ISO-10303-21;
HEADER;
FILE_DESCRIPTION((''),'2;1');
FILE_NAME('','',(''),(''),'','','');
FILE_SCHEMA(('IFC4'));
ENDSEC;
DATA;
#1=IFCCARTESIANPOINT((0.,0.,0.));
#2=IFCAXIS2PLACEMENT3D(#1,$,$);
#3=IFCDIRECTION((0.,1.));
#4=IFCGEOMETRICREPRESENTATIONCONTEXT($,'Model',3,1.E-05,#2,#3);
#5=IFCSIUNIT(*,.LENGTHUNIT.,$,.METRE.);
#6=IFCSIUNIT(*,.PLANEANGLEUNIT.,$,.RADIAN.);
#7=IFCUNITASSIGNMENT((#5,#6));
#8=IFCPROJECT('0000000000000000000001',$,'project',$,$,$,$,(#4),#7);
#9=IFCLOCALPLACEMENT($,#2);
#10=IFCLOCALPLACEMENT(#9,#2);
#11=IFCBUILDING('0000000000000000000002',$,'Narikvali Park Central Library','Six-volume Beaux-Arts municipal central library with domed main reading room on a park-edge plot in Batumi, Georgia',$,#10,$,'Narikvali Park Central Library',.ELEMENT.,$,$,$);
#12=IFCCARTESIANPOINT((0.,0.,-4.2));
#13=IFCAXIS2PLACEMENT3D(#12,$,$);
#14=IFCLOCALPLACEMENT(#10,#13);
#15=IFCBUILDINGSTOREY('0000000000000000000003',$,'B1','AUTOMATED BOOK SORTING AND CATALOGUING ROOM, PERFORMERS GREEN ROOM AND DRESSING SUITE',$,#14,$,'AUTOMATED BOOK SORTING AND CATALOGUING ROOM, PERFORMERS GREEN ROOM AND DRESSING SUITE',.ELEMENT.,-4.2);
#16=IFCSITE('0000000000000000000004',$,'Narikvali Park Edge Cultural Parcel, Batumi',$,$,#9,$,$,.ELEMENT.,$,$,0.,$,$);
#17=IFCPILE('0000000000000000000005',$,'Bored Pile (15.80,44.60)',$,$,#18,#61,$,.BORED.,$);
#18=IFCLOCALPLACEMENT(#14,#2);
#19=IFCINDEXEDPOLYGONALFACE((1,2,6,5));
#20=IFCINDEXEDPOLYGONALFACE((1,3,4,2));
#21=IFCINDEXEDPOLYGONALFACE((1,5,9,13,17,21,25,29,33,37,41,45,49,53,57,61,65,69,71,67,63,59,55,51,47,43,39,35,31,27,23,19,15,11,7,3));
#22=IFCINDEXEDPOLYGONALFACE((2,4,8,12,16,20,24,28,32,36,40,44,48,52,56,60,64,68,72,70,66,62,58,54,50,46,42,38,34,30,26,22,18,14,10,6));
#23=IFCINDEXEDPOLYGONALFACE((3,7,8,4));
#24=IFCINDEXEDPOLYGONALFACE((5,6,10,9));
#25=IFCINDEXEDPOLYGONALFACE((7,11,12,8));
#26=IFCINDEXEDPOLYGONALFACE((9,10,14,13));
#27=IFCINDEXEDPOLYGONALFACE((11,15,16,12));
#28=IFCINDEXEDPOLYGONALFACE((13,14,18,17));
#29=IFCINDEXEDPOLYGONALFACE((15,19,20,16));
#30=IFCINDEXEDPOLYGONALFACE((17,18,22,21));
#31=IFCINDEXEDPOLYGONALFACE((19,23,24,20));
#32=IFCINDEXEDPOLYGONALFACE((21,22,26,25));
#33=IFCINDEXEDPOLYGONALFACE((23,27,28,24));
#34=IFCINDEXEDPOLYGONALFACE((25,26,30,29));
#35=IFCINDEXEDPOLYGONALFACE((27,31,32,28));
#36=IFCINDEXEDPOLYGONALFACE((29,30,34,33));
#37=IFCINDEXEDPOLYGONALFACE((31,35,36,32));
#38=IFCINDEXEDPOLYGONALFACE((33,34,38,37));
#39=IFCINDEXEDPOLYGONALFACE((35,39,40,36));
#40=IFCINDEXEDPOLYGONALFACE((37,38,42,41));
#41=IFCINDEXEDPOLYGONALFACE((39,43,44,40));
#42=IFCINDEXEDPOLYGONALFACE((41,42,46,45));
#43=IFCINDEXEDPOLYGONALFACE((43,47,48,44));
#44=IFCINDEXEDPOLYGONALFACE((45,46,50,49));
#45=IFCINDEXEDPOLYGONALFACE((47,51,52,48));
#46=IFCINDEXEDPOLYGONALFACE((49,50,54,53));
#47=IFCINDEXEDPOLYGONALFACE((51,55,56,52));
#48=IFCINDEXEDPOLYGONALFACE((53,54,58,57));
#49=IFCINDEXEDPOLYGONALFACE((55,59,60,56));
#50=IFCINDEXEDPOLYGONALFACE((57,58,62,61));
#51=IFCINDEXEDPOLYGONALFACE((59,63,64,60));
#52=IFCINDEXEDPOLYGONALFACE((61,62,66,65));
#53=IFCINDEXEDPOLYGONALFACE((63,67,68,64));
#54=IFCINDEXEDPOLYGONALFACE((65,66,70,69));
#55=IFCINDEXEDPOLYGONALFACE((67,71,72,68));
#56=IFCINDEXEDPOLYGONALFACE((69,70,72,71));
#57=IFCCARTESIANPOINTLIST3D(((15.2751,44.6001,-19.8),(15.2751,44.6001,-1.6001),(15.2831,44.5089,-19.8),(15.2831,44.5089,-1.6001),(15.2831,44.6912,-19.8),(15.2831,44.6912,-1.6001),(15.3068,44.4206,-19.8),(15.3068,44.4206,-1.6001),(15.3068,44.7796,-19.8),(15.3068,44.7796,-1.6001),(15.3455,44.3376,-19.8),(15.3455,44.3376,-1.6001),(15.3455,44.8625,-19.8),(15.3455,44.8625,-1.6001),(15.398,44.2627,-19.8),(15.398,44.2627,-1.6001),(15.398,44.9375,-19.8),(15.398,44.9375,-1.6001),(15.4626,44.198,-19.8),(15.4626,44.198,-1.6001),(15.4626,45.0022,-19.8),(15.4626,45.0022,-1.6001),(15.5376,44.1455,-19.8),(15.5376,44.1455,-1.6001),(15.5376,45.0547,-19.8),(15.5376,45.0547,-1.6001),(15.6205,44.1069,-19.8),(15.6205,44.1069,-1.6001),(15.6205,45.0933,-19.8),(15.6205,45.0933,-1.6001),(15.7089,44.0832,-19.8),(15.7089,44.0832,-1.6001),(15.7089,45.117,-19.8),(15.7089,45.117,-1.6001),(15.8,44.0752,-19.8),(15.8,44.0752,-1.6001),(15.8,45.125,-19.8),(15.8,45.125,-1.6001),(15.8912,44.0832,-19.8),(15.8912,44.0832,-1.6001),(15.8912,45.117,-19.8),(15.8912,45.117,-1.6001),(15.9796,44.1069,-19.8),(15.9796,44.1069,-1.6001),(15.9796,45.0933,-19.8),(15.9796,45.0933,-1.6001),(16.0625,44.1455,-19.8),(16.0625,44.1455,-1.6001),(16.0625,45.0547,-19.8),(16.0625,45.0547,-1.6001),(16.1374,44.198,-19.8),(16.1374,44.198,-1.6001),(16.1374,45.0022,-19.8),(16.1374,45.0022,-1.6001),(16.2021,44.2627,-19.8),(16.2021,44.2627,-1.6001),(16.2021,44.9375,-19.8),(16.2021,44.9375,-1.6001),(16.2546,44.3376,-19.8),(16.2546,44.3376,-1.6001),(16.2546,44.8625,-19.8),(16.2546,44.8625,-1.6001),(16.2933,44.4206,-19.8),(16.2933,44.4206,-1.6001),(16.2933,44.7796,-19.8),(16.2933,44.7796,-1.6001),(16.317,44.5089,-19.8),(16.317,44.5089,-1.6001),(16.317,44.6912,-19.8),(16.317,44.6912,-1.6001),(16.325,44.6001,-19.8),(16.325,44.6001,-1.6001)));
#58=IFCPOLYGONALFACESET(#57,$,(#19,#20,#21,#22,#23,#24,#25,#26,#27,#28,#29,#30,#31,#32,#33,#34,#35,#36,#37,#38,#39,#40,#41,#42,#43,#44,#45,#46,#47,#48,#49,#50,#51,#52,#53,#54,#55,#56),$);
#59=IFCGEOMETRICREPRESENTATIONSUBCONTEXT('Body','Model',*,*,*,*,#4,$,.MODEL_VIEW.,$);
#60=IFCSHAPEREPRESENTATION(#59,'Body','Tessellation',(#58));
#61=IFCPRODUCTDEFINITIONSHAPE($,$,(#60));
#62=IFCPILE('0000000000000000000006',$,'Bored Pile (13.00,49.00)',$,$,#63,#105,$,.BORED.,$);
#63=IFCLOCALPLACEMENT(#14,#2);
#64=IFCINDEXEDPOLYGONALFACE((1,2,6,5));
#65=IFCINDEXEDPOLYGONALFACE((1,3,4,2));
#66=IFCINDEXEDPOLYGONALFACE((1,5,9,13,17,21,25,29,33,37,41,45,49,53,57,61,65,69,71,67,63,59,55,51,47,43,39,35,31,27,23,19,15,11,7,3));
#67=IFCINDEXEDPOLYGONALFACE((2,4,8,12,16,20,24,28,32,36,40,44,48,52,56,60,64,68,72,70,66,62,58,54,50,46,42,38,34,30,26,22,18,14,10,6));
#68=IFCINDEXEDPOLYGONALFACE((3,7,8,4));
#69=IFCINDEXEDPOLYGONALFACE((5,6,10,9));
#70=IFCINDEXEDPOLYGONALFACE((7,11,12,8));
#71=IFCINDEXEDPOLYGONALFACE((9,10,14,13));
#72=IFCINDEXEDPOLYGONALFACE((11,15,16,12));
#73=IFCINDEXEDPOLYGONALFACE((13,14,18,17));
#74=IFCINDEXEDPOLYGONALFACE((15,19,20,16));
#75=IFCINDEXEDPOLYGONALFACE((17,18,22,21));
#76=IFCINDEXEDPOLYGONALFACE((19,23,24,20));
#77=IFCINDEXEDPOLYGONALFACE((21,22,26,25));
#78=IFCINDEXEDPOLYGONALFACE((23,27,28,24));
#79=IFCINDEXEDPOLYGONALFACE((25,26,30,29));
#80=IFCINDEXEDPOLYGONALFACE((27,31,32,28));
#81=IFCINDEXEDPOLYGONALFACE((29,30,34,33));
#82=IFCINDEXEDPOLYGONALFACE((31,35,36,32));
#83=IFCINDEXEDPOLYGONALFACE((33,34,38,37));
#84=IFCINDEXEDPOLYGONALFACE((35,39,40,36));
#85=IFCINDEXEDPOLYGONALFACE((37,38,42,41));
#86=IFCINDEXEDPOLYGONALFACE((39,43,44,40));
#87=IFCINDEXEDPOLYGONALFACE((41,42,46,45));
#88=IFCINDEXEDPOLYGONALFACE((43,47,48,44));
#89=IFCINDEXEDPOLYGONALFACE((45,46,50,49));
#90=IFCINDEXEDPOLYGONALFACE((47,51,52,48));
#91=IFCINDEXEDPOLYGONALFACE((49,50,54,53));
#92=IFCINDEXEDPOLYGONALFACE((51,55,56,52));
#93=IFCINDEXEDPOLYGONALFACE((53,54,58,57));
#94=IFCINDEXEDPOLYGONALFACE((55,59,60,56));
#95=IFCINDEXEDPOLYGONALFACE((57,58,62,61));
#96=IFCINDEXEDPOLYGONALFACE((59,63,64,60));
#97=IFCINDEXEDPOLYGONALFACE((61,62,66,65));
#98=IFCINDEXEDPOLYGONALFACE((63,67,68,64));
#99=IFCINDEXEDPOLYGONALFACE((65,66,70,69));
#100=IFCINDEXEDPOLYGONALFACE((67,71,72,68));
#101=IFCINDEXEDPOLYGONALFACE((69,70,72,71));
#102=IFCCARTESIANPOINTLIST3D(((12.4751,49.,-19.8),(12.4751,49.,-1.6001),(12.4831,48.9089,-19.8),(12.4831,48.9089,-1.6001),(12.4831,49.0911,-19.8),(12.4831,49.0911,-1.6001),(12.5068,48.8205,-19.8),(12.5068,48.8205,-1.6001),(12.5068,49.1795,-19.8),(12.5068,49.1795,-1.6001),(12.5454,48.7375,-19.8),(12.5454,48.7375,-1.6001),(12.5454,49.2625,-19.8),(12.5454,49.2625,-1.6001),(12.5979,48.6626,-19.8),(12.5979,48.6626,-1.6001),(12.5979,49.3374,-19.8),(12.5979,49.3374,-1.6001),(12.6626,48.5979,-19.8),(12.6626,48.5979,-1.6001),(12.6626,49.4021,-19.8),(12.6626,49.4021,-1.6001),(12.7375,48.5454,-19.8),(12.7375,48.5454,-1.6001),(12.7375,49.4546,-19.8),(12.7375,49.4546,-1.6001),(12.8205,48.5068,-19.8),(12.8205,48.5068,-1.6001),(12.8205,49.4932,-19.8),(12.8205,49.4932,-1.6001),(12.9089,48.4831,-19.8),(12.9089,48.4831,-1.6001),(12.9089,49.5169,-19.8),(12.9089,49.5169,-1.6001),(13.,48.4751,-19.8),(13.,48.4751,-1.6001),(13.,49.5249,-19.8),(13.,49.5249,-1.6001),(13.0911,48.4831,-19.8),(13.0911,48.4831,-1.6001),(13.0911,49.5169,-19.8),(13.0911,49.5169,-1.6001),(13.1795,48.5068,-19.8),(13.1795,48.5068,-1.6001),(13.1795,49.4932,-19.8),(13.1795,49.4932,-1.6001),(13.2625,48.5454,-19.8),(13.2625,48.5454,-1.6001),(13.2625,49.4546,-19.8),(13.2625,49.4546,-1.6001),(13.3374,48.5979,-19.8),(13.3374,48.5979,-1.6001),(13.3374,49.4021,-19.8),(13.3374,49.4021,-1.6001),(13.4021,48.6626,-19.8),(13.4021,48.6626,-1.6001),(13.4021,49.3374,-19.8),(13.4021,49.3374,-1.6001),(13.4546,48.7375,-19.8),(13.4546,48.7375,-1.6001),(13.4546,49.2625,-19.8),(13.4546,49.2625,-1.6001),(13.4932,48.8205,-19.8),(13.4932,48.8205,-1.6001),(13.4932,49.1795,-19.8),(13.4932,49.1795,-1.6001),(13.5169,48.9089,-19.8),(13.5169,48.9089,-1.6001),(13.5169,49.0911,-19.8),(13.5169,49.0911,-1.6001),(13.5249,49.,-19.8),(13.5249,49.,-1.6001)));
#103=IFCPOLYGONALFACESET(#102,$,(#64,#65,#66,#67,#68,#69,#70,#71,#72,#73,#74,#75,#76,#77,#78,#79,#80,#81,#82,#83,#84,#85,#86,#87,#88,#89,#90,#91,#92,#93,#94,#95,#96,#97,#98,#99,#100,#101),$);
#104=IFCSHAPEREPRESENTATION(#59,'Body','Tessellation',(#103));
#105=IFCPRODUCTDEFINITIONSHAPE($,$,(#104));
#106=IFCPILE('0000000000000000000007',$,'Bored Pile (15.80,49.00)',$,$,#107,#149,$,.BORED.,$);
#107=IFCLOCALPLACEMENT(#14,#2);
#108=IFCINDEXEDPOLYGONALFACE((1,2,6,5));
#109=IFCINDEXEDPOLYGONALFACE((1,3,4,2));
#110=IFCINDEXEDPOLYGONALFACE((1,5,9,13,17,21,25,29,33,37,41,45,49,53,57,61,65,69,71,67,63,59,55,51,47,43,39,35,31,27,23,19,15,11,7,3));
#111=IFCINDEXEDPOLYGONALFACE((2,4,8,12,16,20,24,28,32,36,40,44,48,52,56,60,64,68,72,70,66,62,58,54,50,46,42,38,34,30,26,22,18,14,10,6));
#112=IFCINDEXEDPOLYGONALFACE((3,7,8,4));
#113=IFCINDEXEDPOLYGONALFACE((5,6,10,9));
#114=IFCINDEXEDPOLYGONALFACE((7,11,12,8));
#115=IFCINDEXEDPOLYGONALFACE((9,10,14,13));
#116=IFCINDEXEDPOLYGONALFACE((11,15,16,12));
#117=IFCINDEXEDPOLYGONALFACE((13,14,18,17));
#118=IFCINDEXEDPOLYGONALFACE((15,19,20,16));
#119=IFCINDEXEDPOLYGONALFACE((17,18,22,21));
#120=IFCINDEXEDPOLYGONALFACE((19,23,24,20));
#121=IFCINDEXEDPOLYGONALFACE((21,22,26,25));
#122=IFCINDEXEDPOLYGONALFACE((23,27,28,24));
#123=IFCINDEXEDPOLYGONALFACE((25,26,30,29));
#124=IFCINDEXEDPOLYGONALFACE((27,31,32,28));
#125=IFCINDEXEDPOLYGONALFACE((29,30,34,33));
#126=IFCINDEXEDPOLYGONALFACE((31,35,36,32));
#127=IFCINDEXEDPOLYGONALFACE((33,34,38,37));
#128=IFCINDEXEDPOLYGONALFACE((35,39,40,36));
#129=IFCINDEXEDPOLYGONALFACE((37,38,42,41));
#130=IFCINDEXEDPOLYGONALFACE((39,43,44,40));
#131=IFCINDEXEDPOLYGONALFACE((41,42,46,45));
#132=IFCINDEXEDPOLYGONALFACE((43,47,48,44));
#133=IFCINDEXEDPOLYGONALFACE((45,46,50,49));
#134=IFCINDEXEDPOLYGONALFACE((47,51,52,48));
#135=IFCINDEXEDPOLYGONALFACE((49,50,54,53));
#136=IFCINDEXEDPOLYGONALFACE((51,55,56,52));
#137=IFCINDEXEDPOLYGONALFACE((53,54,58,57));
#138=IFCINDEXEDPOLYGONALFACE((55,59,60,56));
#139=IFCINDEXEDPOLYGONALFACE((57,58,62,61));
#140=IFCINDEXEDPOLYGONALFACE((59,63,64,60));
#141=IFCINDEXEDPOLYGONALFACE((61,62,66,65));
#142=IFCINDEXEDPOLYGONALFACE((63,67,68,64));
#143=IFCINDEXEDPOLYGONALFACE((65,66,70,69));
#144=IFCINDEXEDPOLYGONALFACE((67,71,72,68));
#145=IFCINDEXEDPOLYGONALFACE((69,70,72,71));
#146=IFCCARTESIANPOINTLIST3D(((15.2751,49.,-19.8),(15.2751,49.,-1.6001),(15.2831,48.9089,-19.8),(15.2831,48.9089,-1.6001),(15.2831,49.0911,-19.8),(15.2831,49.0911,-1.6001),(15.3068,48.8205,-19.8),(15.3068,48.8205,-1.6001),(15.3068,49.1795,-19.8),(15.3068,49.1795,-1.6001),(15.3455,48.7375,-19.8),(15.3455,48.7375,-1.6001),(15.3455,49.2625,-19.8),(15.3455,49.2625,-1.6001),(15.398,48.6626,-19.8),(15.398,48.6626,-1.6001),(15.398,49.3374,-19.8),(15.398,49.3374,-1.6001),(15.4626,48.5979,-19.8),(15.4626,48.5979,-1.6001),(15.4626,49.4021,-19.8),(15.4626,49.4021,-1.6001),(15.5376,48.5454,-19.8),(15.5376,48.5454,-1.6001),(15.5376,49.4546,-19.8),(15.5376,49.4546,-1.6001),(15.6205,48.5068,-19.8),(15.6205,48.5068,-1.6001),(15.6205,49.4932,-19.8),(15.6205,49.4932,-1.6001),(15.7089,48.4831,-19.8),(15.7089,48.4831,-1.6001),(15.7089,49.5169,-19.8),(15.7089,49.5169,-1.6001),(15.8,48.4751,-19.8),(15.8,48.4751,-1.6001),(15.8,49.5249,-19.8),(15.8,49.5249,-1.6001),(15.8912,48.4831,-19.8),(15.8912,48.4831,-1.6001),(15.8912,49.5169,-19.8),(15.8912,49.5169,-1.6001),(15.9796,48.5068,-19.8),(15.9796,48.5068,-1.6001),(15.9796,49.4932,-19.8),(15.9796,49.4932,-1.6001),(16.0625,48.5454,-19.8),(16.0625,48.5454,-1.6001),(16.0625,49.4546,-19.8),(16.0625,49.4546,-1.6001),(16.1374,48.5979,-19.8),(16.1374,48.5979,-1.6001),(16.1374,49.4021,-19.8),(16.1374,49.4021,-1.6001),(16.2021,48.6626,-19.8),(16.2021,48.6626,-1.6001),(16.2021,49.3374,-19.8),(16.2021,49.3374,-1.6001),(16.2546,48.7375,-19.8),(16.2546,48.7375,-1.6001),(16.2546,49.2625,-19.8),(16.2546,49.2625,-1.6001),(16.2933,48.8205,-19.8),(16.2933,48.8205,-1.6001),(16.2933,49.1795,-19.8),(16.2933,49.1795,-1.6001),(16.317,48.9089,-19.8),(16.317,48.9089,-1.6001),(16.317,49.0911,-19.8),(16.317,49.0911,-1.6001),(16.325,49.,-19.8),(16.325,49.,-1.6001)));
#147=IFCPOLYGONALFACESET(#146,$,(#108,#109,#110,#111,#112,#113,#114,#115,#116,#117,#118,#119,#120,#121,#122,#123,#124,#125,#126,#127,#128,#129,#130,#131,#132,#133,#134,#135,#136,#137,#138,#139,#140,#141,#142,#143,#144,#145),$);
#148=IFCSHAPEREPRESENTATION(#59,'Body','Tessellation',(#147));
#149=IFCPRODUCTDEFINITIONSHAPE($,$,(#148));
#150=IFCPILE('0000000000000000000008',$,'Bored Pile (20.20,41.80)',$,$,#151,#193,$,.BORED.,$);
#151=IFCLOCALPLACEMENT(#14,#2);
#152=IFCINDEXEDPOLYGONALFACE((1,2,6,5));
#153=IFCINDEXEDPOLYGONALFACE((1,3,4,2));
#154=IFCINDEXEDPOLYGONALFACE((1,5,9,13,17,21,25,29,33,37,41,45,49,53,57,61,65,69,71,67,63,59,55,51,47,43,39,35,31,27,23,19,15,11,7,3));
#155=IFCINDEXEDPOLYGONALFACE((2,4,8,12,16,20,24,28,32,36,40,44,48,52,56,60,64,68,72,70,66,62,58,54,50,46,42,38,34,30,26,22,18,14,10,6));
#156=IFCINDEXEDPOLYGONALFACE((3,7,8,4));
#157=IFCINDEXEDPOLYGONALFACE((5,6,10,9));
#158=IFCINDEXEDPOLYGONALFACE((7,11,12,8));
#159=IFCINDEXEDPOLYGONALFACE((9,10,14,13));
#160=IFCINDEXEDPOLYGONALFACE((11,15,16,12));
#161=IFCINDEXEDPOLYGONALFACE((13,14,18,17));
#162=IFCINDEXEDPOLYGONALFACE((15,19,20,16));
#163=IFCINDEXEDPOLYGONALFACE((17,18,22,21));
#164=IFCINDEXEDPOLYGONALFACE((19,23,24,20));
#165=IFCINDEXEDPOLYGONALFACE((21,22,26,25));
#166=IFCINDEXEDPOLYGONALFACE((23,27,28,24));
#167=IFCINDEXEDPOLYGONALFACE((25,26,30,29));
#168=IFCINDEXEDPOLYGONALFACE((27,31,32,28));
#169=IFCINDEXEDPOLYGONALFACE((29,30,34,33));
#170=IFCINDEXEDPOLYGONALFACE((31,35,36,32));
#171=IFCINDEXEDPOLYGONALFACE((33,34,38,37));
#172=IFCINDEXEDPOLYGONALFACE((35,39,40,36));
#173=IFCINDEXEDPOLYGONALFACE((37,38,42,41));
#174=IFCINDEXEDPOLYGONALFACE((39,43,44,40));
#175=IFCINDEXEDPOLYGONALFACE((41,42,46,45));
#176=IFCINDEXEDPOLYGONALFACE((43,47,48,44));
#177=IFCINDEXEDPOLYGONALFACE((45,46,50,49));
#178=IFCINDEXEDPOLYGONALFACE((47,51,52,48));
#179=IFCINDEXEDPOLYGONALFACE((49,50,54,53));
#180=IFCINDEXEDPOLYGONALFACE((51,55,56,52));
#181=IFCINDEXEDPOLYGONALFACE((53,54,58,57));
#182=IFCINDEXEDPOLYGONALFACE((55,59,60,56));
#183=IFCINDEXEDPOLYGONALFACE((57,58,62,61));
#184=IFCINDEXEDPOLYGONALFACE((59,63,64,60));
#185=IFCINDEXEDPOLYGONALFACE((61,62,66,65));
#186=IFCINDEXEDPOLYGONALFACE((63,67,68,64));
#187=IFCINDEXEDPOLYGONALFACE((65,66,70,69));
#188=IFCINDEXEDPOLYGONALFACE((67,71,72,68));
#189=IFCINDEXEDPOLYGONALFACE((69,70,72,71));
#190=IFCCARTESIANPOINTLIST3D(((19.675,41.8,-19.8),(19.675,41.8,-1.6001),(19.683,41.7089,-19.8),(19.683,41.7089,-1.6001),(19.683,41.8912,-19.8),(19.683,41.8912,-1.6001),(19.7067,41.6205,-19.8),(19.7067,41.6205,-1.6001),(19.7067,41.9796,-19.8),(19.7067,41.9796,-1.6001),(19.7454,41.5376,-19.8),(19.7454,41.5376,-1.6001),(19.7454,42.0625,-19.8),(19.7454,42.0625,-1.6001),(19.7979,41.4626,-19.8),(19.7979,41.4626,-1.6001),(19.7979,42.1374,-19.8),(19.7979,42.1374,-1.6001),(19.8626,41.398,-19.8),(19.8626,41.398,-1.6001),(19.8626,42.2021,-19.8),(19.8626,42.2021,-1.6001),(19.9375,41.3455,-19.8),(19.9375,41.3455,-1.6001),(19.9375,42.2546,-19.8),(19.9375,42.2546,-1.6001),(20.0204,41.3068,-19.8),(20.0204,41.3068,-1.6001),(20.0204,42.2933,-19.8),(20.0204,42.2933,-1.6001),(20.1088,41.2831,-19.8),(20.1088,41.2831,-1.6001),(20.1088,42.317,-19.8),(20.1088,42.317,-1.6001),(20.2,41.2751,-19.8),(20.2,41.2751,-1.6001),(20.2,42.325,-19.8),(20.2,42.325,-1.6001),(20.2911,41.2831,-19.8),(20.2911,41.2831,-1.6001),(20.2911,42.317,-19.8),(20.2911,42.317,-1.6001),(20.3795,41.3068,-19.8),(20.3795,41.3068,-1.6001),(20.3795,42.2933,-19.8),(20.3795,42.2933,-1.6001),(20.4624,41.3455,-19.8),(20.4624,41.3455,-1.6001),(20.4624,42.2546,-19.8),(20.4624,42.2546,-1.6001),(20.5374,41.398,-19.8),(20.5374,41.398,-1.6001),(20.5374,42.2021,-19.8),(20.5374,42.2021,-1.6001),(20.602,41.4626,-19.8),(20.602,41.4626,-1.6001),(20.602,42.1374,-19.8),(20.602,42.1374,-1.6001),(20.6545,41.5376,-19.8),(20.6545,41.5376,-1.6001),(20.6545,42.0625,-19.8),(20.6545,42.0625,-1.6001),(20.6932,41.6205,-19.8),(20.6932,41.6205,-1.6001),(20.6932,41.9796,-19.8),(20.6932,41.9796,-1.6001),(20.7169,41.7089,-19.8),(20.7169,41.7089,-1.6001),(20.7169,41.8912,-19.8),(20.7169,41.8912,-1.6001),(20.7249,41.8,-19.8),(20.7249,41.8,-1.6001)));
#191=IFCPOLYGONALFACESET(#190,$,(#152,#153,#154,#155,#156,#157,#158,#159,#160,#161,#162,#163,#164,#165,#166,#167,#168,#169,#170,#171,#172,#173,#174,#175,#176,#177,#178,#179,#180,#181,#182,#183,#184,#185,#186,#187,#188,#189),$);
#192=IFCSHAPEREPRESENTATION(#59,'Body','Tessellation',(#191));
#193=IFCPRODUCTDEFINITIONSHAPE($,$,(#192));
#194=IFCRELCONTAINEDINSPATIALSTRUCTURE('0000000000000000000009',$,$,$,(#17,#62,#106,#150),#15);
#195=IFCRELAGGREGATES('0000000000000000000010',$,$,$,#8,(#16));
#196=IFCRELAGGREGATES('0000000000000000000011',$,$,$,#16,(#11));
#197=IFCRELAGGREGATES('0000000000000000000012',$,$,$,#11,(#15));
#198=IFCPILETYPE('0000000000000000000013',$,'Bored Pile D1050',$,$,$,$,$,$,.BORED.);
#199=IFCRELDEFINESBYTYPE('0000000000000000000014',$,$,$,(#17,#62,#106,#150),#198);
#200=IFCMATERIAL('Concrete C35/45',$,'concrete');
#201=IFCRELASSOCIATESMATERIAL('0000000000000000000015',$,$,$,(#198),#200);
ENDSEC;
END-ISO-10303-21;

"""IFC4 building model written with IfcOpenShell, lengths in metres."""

from ifc_helpers import new_model, si_unit, direction, frame, origin, origin_2d, place, context, subcontext, project, spatial, circle, extrude, material, material_profile, profile_set, type_object, element, save


model = new_model("IFC4")

# Units and contexts
model_context = context("Model", 3, precision=1e-05, world=origin(), true_north=direction((0.0, 1.0)))
body_context = subcontext(model_context, "Body", "Model", "MODEL_VIEW")
ifc_project = project(units=[si_unit("LENGTHUNIT", "METRE"), si_unit("PLANEANGLEUNIT", "RADIAN")], contexts=[model_context])

# Site, building, storey
site_placement = place(None, origin())
site = spatial("IfcSite", under=ifc_project, at=site_placement, Name="Narikvali Park Edge Cultural Parcel, Batumi", CompositionType="ELEMENT", RefElevation=0.0)
building_placement = place(site_placement, origin())
building = spatial("IfcBuilding", under=site, at=building_placement, Name="Narikvali Park Central Library", Description="Six-volume Beaux-Arts municipal central library with domed main reading room on a park-edge plot in Batumi, Georgia", LongName="Narikvali Park Central Library", CompositionType="ELEMENT")
storey_placement = place(building_placement, frame((0.0, 0.0, -4.2)))
storey = spatial("IfcBuildingStorey", under=building, at=storey_placement, Name="B1", Description="AUTOMATED BOOK SORTING AND CATALOGUING ROOM, PERFORMERS GREEN ROOM AND DRESSING SUITE", LongName="AUTOMATED BOOK SORTING AND CATALOGUING ROOM, PERFORMERS GREEN ROOM AND DRESSING SUITE", CompositionType="ELEMENT", Elevation=-4.2)

# Piles
ifc_material_1 = material(Name="Concrete C35/45", Category="concrete")
ifc_material_profile_1 = material_profile(ifc_material_1, circle(Radius=0.5249, at=origin_2d()), Name="PILE D1050")
ifc_profile_set_1 = profile_set([ifc_material_profile_1], Name="Concrete C35/45")
pile_type = type_object("IfcPileType", Name="Bored Pile D1050", PredefinedType="BORED", material=ifc_profile_set_1)
for number, where, z_axis, x_axis, name in (
    (1, (15.8, 44.6001, -1.6001), (0.0, 0.0, -1.0), (1.0, 0.0, 0.0), "Bored Pile (15.80,44.60)"),
    (2, (13.0, 49.0, -1.6001), (0.0, 0.0, -1.0), (1.0, 0.0, 0.0), "Bored Pile (13.00,49.00)"),
    (3, (15.8, 49.0, -1.6001), (0.0, 0.0, -1.0), (1.0, 0.0, 0.0), "Bored Pile (15.80,49.00)"),
    (4, (20.2, 41.8, -1.6001), (0.0, 0.0, -1.0), (1.0, 0.0, 0.0), "Bored Pile (20.20,41.80)"),
):
    element("IfcPile", number, at=place(storey_placement, frame(where, z_axis=z_axis, x_axis=x_axis)), inside=storey, type_object=pile_type, Name=name, PredefinedType="BORED", context=body_context, shape_type="SweptSolid", body=[
        extrude(circle(Radius=0.5249, at=origin_2d()), origin(), (0.0, 0.0, 1.0), 18.2),
    ])

save(model, "model.ifc")
